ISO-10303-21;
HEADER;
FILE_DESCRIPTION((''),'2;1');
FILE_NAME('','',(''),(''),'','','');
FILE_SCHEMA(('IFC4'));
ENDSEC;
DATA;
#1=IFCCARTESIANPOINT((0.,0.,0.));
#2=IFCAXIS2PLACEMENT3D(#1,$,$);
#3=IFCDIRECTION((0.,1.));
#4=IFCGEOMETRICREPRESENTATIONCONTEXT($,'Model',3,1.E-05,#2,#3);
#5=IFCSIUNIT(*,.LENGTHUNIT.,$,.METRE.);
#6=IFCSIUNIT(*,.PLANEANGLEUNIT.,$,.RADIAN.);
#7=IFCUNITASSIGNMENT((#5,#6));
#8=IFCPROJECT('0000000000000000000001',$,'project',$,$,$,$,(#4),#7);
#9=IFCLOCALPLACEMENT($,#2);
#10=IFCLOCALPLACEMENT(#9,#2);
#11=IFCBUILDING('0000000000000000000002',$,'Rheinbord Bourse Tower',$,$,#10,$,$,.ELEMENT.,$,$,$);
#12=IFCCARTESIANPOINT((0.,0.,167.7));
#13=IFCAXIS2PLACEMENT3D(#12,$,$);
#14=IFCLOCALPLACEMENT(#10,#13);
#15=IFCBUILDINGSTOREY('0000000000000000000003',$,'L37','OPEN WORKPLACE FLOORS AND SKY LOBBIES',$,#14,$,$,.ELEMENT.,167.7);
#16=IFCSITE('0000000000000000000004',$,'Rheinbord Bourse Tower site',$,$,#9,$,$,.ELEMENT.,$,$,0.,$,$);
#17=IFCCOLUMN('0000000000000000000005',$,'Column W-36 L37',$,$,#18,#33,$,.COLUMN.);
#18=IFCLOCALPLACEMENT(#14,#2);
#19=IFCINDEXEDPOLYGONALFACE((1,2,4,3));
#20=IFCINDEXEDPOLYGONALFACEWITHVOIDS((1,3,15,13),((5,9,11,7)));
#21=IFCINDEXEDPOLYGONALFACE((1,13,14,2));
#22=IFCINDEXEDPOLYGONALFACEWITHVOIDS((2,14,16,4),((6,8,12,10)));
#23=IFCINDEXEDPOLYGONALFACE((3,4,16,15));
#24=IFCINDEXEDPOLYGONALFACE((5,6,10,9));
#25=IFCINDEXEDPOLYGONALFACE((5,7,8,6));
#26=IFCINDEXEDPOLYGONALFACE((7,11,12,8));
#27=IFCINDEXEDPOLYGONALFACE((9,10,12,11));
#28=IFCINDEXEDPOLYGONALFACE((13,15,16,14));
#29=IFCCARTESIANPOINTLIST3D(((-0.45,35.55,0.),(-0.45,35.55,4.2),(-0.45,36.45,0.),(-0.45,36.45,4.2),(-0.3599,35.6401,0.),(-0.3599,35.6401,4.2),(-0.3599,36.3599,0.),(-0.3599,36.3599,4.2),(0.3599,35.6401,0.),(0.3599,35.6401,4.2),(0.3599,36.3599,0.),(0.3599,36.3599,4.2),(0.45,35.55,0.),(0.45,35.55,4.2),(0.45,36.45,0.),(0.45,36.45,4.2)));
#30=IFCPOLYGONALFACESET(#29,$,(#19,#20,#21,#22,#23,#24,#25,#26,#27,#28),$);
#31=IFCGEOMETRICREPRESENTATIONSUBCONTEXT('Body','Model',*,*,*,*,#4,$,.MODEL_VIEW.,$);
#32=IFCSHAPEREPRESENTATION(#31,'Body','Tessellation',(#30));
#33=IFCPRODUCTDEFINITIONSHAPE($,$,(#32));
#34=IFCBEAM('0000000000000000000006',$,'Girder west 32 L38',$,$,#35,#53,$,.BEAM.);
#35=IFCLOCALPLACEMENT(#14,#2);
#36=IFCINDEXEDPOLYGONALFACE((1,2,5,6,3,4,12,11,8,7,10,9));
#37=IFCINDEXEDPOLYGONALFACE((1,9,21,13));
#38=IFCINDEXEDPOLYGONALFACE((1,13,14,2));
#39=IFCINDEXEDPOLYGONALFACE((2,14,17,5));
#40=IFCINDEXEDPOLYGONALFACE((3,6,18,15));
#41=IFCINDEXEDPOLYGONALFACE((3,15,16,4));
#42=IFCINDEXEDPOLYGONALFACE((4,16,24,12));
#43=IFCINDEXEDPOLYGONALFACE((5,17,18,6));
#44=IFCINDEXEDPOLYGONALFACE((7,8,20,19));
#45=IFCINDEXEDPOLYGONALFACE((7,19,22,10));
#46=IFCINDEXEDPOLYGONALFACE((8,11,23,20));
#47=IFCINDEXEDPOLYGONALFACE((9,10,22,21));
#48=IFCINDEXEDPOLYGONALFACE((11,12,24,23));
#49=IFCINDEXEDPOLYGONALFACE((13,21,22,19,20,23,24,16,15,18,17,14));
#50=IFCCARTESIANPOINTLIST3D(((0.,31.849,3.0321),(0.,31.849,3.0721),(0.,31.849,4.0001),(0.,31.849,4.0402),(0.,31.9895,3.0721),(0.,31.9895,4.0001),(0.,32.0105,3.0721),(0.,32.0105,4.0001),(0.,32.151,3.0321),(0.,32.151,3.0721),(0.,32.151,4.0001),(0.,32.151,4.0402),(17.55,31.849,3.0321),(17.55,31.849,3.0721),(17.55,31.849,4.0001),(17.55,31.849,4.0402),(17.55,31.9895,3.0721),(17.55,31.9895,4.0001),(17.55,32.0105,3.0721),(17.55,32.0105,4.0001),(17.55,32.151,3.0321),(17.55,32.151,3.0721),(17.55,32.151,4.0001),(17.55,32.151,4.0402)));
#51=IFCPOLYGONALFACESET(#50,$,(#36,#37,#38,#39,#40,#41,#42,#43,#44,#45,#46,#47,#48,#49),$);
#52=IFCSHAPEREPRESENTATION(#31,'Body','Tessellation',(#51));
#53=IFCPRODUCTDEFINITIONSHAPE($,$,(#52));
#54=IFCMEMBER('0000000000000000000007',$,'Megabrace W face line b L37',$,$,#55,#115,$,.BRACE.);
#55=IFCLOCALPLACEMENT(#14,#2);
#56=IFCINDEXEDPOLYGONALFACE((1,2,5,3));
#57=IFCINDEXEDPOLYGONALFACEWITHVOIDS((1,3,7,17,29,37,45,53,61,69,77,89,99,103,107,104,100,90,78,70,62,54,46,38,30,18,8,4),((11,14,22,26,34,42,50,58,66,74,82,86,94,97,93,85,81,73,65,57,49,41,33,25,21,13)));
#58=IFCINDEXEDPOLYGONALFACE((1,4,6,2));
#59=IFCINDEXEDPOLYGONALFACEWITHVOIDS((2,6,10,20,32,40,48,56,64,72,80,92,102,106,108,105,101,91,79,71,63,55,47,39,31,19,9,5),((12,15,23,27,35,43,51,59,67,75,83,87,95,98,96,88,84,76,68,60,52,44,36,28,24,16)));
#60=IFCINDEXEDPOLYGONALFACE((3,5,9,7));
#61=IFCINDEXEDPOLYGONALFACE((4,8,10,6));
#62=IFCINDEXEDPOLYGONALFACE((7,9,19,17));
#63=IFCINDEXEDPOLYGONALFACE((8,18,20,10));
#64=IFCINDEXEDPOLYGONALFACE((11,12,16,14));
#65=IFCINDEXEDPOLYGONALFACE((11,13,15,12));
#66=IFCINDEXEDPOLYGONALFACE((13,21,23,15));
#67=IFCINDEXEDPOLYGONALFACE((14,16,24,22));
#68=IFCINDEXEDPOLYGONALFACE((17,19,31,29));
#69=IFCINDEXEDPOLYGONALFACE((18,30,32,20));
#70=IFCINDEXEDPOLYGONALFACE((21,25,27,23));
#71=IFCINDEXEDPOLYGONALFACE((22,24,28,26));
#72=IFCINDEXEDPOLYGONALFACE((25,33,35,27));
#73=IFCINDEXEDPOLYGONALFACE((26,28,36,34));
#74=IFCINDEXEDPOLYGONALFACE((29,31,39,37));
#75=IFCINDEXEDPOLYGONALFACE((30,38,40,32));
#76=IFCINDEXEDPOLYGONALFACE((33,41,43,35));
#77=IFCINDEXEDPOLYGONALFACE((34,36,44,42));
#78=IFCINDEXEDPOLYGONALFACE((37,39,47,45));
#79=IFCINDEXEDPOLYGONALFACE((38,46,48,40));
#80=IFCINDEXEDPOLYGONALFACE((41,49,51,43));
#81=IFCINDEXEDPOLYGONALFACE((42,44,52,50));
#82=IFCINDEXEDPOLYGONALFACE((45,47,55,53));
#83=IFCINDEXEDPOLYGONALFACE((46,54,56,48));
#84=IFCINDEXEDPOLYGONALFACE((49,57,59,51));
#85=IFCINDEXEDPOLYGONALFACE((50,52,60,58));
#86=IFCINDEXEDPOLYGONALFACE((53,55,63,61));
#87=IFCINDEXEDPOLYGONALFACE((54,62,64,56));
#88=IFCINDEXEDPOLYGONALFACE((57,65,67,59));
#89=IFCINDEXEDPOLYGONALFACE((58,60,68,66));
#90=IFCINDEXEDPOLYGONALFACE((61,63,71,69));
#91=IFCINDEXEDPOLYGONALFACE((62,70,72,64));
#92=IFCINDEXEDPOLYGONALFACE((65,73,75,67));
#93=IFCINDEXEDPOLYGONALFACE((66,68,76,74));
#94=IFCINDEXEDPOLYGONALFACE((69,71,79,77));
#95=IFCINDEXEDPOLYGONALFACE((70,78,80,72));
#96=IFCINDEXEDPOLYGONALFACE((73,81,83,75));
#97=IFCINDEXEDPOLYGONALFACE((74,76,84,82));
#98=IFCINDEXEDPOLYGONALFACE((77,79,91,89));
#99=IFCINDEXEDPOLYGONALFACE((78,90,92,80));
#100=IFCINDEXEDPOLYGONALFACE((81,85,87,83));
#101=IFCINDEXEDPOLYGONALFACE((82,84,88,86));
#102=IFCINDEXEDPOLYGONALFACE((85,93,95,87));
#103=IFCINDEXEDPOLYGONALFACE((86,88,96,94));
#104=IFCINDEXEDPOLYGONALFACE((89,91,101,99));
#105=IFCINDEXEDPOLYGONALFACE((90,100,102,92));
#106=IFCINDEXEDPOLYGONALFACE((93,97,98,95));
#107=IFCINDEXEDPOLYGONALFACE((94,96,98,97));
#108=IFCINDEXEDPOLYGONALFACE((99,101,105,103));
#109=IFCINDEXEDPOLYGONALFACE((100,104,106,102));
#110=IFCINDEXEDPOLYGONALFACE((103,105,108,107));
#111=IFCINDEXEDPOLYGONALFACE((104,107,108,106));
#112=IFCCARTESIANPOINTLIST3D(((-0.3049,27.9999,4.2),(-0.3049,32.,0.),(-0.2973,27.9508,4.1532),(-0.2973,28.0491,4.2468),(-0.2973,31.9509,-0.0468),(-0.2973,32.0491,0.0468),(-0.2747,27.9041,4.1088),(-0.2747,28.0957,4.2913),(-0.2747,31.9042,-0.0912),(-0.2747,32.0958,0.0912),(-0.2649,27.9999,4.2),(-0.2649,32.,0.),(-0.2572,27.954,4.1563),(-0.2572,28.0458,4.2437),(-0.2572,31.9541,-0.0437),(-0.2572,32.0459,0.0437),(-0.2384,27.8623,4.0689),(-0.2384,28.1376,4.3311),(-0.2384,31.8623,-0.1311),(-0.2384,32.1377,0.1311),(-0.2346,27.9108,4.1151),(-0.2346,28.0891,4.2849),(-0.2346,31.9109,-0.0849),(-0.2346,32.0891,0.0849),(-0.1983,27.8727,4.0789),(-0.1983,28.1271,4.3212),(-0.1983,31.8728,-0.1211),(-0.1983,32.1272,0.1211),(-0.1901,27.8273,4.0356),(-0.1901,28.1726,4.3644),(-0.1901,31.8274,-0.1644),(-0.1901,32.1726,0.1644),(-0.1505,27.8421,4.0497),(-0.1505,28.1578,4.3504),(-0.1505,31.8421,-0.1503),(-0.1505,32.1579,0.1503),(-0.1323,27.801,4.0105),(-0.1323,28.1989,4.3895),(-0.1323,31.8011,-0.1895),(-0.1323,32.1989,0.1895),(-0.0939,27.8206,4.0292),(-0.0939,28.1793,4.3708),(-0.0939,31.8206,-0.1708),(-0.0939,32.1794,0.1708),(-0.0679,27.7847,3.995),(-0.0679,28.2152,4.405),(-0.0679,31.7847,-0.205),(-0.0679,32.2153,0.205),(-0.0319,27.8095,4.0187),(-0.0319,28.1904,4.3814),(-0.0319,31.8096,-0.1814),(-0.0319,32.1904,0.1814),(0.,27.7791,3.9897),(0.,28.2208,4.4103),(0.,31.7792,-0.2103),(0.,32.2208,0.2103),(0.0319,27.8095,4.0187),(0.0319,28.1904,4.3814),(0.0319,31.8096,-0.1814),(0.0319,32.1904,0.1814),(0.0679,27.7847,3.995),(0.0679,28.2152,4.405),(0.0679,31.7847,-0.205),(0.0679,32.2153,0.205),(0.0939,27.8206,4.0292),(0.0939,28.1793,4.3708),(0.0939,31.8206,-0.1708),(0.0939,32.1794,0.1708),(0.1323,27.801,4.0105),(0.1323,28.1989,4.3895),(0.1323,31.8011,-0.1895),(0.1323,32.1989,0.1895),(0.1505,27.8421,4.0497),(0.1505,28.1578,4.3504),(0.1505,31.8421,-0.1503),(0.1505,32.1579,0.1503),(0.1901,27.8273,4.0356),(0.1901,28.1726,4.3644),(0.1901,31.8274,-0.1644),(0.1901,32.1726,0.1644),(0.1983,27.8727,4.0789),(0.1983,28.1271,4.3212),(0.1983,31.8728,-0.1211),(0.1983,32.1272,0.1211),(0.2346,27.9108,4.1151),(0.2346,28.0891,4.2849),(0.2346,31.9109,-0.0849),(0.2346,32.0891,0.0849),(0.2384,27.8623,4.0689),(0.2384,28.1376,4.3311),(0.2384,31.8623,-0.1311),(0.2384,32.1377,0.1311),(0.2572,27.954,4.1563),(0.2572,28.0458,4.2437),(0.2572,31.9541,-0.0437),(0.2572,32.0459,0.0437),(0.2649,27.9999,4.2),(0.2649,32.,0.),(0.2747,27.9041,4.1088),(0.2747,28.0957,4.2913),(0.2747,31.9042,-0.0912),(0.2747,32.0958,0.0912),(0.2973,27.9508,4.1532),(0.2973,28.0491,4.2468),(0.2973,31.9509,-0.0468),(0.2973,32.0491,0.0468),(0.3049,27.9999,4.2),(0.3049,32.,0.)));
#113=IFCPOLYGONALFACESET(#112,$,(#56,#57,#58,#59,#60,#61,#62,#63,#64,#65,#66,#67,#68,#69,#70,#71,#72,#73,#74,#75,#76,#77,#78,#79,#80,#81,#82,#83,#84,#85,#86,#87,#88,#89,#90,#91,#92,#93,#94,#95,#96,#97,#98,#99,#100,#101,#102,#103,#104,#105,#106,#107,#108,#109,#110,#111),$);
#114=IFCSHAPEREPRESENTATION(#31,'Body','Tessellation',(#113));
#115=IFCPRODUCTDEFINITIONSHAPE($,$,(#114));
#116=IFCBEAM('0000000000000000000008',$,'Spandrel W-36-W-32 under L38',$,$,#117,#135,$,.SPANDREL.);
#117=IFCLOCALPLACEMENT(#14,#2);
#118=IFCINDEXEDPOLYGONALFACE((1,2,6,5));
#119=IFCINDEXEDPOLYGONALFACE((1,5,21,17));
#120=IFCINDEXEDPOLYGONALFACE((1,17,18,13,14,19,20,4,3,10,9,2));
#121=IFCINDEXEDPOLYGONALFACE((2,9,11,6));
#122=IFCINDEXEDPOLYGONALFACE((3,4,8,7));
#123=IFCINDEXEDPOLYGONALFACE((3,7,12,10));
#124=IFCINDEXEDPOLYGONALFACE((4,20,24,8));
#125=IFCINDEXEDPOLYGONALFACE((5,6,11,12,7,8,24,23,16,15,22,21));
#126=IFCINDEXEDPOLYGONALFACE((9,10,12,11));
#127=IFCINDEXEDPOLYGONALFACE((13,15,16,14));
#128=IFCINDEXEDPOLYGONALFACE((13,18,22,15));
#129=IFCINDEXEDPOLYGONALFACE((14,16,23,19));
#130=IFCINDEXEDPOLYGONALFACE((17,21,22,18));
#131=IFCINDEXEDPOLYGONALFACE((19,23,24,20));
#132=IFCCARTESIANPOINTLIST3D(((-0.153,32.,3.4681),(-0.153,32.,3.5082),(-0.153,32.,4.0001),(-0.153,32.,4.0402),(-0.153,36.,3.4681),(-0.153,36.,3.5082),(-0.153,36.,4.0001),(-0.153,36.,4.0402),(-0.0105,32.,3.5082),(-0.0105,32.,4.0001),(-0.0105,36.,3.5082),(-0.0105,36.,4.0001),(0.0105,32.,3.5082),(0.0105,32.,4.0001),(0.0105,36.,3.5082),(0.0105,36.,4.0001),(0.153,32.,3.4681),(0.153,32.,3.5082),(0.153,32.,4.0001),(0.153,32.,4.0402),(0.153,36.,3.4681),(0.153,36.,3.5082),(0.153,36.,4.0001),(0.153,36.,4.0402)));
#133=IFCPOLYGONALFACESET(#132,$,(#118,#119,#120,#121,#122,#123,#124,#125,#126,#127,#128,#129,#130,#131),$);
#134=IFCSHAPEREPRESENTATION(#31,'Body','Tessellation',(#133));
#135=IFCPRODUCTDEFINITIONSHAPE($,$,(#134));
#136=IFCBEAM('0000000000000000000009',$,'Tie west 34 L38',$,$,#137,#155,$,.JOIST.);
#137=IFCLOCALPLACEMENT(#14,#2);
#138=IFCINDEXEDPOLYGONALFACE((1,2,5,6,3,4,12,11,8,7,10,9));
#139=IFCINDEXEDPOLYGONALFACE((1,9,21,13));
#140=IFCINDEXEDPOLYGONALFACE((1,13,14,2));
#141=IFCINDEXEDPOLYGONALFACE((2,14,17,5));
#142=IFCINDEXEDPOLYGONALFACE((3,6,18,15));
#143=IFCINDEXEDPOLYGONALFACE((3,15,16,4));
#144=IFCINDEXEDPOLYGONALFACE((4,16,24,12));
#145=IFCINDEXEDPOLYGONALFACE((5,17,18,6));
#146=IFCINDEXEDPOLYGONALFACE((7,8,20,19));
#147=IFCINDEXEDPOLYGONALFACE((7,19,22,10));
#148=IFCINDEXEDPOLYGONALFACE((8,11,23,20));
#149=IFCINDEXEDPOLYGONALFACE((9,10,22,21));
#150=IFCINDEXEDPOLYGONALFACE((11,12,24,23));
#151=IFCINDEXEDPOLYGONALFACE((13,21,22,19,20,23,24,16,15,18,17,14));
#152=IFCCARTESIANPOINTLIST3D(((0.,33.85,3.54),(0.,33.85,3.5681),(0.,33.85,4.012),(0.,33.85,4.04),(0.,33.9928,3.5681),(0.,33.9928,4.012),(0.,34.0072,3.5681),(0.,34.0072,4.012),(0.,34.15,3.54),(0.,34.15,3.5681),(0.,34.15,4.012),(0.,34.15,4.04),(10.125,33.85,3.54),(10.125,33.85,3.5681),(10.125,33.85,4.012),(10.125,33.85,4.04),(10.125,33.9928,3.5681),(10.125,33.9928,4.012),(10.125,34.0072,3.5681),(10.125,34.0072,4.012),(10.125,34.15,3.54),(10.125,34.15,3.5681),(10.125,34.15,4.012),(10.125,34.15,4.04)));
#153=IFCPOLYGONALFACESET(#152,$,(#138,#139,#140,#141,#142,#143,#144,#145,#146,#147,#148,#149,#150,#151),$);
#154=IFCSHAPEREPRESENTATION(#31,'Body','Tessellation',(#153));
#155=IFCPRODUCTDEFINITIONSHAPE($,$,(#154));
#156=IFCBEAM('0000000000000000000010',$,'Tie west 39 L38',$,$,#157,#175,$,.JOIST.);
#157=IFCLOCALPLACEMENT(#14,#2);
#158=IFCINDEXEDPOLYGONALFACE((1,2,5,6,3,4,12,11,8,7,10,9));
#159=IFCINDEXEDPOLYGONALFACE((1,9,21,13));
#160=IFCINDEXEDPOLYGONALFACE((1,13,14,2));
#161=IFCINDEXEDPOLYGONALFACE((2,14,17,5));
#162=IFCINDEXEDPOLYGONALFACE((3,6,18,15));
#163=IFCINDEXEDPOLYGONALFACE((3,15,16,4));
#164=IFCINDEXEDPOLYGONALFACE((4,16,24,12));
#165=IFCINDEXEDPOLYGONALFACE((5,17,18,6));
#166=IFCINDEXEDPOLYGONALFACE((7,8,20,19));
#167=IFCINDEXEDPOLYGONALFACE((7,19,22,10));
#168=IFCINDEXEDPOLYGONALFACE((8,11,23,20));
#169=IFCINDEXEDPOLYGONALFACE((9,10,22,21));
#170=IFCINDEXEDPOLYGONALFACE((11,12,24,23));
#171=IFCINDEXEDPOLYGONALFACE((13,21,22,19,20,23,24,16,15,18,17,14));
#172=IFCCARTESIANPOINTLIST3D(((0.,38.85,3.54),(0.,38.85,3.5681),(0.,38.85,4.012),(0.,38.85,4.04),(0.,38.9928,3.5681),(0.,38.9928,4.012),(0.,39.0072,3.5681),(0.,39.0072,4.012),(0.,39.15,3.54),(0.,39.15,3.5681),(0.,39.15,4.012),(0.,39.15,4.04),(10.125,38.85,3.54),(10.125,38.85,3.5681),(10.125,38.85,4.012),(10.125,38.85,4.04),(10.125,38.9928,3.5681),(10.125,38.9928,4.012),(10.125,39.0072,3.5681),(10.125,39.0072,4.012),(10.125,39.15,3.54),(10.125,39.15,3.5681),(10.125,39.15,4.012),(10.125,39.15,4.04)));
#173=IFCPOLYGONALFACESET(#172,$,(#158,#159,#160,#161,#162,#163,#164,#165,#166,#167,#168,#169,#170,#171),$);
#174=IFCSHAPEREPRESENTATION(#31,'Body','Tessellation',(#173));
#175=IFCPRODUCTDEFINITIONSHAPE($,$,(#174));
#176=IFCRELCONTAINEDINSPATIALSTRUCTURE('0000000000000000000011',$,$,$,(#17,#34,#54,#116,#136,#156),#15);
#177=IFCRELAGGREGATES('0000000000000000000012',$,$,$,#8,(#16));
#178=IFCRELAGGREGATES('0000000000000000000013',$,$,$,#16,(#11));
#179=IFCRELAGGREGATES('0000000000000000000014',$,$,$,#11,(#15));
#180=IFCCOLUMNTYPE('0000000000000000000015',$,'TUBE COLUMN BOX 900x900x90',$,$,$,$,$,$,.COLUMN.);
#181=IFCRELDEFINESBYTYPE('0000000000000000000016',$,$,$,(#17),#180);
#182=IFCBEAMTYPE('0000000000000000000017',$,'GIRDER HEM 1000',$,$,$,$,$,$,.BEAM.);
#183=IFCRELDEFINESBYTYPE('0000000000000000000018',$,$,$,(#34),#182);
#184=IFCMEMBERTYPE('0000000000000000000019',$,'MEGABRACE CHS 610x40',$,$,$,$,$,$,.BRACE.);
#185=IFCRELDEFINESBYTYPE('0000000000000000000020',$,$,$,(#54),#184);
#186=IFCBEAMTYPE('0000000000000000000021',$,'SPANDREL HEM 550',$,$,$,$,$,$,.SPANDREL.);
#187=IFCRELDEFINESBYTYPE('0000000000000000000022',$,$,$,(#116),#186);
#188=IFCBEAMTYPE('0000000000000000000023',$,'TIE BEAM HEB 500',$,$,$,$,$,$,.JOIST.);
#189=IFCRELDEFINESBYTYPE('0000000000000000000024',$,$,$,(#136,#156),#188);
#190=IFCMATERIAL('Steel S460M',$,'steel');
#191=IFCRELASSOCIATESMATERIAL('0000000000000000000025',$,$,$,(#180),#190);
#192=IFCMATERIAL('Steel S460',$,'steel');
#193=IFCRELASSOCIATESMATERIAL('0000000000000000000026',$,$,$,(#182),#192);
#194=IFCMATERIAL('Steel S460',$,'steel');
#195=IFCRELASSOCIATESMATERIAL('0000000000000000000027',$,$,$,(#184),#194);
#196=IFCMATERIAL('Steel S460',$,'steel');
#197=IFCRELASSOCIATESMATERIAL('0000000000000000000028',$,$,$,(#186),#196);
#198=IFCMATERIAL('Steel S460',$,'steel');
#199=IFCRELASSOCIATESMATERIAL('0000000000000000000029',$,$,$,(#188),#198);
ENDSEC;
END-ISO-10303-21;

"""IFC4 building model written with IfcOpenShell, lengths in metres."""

from ifc_helpers import new_model, si_unit, direction, frame, origin, origin_2d, place, context, subcontext, project, spatial, hollow_rectangle, hollow_circle, i_section, extrude, material, material_profile, profile_set, type_object, element, save


model = new_model("IFC4")

# Units and contexts
model_context = context("Model", 3, precision=1e-05, world=origin(), true_north=direction((0.0, 1.0)))
body_context = subcontext(model_context, "Body", "Model", "MODEL_VIEW")
ifc_project = project(units=[si_unit("LENGTHUNIT", "METRE"), si_unit("PLANEANGLEUNIT", "RADIAN")], contexts=[model_context])

# Site, building, storey
site_placement = place(None, origin())
site = spatial("IfcSite", under=ifc_project, at=site_placement, Name="Rheinbord Bourse Tower site", CompositionType="ELEMENT", RefElevation=0.0)
building_placement = place(site_placement, origin())
building = spatial("IfcBuilding", under=site, at=building_placement, Name="Rheinbord Bourse Tower", CompositionType="ELEMENT")
storey_placement = place(building_placement, frame((0.0, 0.0, 167.7)))
storey = spatial("IfcBuildingStorey", under=building, at=storey_placement, Name="L37", Description="OPEN WORKPLACE FLOORS AND SKY LOBBIES", CompositionType="ELEMENT", Elevation=167.7)

# Column
ifc_material_1 = material(Name="Steel S460M", Category="steel")
ifc_material_profile_1 = material_profile(ifc_material_1, hollow_rectangle(XDim=0.8999, YDim=0.8999, WallThickness=0.0901, at=origin_2d()), Name="BOX 900x900x90")
ifc_profile_set_1 = profile_set([ifc_material_profile_1], Name="Steel S460M")
column_type = type_object("IfcColumnType", Name="TUBE COLUMN BOX 900x900x90", PredefinedType="COLUMN", material=ifc_profile_set_1)
column_placement = place(storey_placement, frame((0.0, 36.0, 0.0), z_axis=(0.0, 0.0, 1.0), x_axis=(1.0, 0.0, 0.0)))
element("IfcColumn", 1, at=column_placement, inside=storey, type_object=column_type, Name="Column W-36 L37", PredefinedType="COLUMN", context=body_context, shape_type="SweptSolid", body=[
    extrude(hollow_rectangle(XDim=0.8999, YDim=0.8999, WallThickness=0.0901, at=origin_2d()), origin(), (0.0, 0.0, 1.0), 4.2),
])

# Beam
ifc_material_2 = material(Name="Steel S460", Category="steel")
ifc_material_profile_2 = material_profile(ifc_material_2, i_section(OverallWidth=0.302, OverallDepth=1.0081, WebThickness=0.021, FlangeThickness=0.04, at=origin_2d()), Name="HEM 1000")
ifc_profile_set_2 = profile_set([ifc_material_profile_2], Name="Steel S460")
beam_type_1 = type_object("IfcBeamType", Name="GIRDER HEM 1000", PredefinedType="BEAM", material=ifc_profile_set_2)
beam_1_placement = place(storey_placement, frame((0.0, 32.0, 3.5361), z_axis=(1.0, 0.0, 0.0), x_axis=(0.0, 1.0, 0.0)))
element("IfcBeam", 2, at=beam_1_placement, inside=storey, type_object=beam_type_1, Name="Girder west 32 L38", PredefinedType="BEAM", context=body_context, shape_type="SweptSolid", body=[
    extrude(i_section(OverallWidth=0.302, OverallDepth=1.0081, WebThickness=0.021, FlangeThickness=0.04, at=origin_2d()), origin(), (0.0, 0.0, 1.0), 17.55),
])

# Member
ifc_material_3 = material(Name="Steel S460", Category="steel")
ifc_material_profile_3 = material_profile(ifc_material_3, hollow_circle(Radius=0.3049, WallThickness=0.04, at=origin_2d()), Name="CHS 610x40")
ifc_profile_set_3 = profile_set([ifc_material_profile_3], Name="Steel S460")
member_type = type_object("IfcMemberType", Name="MEGABRACE CHS 610x40", PredefinedType="BRACE", material=ifc_profile_set_3)
member_placement = place(storey_placement, frame((0.0, 32.0, 0.0), z_axis=(0.0, -0.689659, 0.724134), x_axis=(1.0, 0.0, 0.0)))
element("IfcMember", 3, at=member_placement, inside=storey, type_object=member_type, Name="Megabrace W face line b L37", PredefinedType="BRACE", context=body_context, shape_type="SweptSolid", body=[
    extrude(hollow_circle(Radius=0.3049, WallThickness=0.04, at=origin_2d()), origin(), (0.0, 0.0, 1.0), 5.8),
])

# Beams
ifc_material_4 = material(Name="Steel S460", Category="steel")
ifc_material_profile_4 = material_profile(ifc_material_4, i_section(OverallWidth=0.3059, OverallDepth=0.572, WebThickness=0.021, FlangeThickness=0.04, at=origin_2d()), Name="HEM 550")
ifc_profile_set_4 = profile_set([ifc_material_profile_4], Name="Steel S460")
beam_type_2 = type_object("IfcBeamType", Name="SPANDREL HEM 550", PredefinedType="SPANDREL", material=ifc_profile_set_4)
beam_2_placement = place(storey_placement, frame((0.0, 36.0, 3.7542), z_axis=(0.0, -1.0, 0.0), x_axis=(1.0, 0.0, 0.0)))
element("IfcBeam", 4, at=beam_2_placement, inside=storey, type_object=beam_type_2, Name="Spandrel W-36-W-32 under L38", PredefinedType="SPANDREL", context=body_context, shape_type="SweptSolid", body=[
    extrude(i_section(OverallWidth=0.3059, OverallDepth=0.572, WebThickness=0.021, FlangeThickness=0.04, at=origin_2d()), origin(), (0.0, 0.0, 1.0), 4.0),
])
ifc_material_5 = material(Name="Steel S460", Category="steel")
ifc_material_profile_5 = material_profile(ifc_material_5, i_section(OverallWidth=0.3, OverallDepth=0.5, WebThickness=0.0144, FlangeThickness=0.0281, at=origin_2d()), Name="HEB 500")
ifc_profile_set_5 = profile_set([ifc_material_profile_5], Name="Steel S460")
beam_type_3 = type_object("IfcBeamType", Name="TIE BEAM HEB 500", PredefinedType="JOIST", material=ifc_profile_set_5)
for number, where, z_axis, x_axis, name in (
    (5, (0.0, 34.0, 3.79), (1.0, 0.0, 0.0), (0.0, 1.0, 0.0), "Tie west 34 L38"),
    (6, (0.0, 39.0, 3.79), (1.0, 0.0, 0.0), (0.0, 1.0, 0.0), "Tie west 39 L38"),
):
    element("IfcBeam", number, at=place(storey_placement, frame(where, z_axis=z_axis, x_axis=x_axis)), inside=storey, type_object=beam_type_3, Name=name, PredefinedType="JOIST", context=body_context, shape_type="SweptSolid", body=[
        extrude(i_section(OverallWidth=0.3, OverallDepth=0.5, WebThickness=0.0144, FlangeThickness=0.0281, at=origin_2d()), origin(), (0.0, 0.0, 1.0), 10.125),
    ])

save(model, "model.ifc")
